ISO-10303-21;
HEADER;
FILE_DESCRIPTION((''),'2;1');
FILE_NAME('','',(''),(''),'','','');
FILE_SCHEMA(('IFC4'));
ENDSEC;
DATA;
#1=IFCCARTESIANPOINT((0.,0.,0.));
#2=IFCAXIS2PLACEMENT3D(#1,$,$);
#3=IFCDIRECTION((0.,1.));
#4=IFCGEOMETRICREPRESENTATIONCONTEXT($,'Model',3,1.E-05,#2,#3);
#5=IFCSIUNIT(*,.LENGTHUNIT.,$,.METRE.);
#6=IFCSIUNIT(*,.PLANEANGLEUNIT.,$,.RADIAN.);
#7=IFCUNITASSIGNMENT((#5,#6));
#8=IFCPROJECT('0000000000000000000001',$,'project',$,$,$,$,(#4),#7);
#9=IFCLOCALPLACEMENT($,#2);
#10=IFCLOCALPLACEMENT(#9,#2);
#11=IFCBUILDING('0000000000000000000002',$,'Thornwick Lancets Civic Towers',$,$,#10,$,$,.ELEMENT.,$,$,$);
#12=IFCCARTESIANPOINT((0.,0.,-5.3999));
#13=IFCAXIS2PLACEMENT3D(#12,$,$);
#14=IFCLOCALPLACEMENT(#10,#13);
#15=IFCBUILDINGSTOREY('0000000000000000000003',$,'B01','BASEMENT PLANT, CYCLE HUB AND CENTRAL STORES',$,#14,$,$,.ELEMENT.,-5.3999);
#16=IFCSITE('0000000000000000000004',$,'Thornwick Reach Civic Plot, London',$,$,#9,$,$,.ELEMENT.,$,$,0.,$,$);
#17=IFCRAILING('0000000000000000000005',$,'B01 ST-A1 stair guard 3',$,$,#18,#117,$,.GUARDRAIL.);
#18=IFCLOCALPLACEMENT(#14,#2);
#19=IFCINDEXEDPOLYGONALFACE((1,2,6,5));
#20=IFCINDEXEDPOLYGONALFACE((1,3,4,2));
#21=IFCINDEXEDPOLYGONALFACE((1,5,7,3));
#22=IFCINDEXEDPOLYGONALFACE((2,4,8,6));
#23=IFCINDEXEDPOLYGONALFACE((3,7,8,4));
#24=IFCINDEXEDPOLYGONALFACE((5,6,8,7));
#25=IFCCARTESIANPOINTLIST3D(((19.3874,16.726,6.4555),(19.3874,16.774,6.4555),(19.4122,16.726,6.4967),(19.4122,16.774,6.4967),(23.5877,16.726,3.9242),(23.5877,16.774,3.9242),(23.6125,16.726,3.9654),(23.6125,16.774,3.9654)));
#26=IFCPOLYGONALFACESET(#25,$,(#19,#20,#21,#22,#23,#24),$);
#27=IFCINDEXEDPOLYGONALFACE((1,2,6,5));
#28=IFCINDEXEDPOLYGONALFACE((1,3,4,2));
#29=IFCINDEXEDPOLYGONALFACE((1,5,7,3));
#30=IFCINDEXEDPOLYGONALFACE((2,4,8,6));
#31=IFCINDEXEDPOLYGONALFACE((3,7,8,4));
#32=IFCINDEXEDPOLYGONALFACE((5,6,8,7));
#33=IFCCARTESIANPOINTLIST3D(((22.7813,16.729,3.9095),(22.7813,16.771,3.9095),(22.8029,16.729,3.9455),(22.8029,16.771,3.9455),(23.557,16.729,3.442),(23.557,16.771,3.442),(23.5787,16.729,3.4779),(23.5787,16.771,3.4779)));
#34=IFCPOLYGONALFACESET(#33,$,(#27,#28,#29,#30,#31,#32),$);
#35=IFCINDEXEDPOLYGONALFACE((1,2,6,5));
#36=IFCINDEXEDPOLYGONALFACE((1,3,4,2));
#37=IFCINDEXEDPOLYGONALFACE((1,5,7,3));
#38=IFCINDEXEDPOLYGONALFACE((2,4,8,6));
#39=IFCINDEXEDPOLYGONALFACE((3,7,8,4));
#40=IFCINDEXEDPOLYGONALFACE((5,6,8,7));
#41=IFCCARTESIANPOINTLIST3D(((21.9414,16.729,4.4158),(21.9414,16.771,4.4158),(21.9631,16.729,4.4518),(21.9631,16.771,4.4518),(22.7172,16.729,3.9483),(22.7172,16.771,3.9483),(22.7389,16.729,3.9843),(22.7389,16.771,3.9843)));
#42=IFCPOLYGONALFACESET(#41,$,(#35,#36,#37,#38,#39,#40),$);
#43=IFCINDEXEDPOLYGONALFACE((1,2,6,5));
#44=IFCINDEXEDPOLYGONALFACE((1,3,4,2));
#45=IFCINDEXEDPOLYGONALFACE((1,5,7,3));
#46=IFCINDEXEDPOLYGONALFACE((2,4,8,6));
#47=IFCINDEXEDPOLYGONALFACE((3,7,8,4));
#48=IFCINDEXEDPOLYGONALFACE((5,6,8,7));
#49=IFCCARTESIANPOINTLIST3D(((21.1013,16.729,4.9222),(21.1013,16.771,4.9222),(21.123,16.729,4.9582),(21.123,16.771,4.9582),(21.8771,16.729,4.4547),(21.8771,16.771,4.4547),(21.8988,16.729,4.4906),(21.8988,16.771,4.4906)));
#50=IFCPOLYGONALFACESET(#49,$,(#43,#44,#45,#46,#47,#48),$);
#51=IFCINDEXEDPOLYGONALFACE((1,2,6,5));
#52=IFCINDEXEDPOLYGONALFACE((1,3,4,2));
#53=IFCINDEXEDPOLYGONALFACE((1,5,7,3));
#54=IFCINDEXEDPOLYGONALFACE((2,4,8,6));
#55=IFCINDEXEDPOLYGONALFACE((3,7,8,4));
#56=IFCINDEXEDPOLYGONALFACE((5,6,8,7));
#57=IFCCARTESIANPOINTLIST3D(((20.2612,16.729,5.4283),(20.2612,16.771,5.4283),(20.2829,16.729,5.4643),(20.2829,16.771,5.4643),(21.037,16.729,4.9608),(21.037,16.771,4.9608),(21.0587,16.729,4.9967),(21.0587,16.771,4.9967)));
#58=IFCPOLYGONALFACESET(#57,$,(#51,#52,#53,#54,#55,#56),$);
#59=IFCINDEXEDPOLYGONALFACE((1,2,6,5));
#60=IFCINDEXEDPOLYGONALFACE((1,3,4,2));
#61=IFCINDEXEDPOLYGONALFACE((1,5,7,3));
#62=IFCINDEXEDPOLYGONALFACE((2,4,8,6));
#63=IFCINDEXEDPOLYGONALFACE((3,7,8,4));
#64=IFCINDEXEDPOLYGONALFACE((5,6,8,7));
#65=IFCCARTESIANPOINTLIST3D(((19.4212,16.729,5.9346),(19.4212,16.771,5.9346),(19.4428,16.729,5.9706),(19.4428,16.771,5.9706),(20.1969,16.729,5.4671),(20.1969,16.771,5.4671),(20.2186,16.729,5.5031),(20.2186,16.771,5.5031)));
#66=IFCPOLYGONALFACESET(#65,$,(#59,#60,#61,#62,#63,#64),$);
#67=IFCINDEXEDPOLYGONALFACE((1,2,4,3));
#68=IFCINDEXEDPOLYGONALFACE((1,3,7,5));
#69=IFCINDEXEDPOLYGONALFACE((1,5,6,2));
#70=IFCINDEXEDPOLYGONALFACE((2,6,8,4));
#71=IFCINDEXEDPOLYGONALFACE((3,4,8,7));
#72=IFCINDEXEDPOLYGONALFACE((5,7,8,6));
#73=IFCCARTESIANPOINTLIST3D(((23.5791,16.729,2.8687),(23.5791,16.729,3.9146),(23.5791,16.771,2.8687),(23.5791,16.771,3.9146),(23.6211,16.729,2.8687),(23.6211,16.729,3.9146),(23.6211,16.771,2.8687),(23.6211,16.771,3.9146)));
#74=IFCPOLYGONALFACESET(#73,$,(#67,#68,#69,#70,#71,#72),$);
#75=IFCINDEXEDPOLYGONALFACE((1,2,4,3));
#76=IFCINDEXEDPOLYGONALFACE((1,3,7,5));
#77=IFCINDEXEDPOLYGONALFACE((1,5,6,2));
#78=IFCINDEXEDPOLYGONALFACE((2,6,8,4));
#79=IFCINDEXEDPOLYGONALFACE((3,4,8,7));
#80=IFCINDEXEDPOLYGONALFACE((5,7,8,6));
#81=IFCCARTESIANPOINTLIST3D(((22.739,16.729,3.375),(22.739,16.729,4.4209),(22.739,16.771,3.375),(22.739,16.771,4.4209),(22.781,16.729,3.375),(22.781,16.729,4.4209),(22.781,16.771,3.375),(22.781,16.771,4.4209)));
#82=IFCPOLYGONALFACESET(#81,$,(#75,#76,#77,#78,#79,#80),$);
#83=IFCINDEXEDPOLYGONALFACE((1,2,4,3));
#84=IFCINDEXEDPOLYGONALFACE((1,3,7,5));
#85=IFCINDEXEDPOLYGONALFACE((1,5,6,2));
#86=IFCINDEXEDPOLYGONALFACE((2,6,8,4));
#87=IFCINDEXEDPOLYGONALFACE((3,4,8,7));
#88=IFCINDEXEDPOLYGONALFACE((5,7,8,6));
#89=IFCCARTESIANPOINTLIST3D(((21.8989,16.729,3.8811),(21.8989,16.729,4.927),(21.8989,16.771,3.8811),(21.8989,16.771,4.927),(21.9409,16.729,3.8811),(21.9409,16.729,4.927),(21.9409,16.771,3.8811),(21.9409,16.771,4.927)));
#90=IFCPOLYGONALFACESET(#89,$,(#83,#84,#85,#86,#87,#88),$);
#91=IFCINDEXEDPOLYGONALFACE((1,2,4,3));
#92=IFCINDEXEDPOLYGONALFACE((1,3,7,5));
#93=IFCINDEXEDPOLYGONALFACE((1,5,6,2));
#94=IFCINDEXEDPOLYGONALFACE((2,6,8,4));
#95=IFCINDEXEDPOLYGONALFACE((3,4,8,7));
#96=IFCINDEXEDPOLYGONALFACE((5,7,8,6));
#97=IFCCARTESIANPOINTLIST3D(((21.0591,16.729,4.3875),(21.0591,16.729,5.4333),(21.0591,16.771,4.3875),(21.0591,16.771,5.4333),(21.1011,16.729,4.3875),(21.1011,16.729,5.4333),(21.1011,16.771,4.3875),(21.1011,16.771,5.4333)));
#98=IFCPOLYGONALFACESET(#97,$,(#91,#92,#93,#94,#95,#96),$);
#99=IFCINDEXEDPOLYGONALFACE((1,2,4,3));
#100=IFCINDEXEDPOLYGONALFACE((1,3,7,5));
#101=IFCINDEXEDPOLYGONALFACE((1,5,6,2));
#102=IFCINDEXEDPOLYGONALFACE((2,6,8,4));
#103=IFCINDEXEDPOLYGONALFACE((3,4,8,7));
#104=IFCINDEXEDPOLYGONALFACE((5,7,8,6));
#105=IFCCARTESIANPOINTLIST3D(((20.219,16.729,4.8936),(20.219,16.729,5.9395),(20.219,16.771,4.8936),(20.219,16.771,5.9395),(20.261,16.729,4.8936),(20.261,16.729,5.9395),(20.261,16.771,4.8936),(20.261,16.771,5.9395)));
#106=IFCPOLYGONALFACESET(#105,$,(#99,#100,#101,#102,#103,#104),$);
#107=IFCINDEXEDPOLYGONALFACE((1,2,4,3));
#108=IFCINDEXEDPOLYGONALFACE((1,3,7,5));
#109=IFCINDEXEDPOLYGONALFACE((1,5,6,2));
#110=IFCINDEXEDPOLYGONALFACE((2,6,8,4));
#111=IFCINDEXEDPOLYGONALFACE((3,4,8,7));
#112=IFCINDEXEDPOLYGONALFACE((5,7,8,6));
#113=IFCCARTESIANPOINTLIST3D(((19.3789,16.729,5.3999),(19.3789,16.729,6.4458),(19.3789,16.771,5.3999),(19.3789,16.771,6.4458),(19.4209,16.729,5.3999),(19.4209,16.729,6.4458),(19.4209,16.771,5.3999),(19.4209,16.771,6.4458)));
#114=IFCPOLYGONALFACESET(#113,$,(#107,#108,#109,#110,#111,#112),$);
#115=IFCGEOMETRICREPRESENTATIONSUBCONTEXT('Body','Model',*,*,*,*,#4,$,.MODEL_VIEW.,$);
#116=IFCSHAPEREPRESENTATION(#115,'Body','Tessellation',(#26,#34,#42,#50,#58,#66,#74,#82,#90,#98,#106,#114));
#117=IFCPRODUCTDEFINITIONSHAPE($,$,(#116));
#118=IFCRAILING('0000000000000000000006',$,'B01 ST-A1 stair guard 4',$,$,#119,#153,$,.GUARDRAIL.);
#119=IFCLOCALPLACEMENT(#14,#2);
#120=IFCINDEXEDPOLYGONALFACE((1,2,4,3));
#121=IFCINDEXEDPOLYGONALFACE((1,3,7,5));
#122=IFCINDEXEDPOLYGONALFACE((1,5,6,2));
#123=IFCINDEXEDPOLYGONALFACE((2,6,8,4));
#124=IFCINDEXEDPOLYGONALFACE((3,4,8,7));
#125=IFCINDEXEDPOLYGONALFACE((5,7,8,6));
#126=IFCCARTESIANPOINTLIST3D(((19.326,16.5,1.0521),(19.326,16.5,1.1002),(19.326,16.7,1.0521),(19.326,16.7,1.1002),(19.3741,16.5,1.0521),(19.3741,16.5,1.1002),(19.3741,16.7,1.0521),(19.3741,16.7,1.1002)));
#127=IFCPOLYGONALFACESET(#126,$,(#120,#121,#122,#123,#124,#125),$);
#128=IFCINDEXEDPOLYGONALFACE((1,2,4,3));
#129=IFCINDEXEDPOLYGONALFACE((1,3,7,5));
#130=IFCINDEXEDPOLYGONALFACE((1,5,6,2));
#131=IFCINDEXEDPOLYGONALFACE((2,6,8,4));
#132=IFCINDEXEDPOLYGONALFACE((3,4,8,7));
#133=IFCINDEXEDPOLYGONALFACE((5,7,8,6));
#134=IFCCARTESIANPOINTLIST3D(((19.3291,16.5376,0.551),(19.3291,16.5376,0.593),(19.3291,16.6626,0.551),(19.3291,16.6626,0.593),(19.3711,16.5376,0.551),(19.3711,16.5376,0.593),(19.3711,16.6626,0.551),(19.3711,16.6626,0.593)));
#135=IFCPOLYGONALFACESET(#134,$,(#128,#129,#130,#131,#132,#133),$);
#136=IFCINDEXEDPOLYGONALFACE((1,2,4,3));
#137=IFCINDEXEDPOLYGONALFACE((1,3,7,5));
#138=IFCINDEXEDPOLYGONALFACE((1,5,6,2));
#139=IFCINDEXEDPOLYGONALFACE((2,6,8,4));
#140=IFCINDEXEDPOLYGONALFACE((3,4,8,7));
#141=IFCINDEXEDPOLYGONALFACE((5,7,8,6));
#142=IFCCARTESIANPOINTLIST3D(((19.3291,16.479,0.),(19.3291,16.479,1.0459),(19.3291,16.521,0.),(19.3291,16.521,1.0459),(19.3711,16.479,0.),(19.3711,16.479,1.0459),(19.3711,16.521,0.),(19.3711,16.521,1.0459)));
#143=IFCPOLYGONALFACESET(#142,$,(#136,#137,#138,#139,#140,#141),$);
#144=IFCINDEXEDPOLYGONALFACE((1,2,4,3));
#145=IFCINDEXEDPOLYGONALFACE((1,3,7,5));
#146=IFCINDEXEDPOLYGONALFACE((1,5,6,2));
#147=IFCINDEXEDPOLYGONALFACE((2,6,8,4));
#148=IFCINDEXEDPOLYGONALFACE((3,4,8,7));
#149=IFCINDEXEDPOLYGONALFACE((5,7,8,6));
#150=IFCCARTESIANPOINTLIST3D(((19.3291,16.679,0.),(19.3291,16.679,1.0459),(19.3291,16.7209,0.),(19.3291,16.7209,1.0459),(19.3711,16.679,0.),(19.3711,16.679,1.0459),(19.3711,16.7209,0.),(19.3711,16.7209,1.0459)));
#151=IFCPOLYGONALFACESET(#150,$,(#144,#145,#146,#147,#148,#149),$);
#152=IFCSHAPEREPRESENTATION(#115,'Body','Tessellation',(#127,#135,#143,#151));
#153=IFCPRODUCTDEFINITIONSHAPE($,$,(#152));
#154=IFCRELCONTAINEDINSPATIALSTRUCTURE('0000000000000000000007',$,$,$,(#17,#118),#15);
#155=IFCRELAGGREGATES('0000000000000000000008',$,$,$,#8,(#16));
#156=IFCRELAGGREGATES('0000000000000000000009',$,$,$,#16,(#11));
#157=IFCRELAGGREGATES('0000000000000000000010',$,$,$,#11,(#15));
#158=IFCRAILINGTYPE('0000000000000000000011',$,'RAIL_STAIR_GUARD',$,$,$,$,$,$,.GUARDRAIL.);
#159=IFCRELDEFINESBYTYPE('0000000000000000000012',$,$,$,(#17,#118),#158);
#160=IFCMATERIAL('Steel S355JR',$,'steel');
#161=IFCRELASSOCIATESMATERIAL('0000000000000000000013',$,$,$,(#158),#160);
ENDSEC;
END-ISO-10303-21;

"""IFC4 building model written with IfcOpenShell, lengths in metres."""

from ifc_helpers import new_model, si_unit, direction, frame, origin, origin_2d, place, context, subcontext, project, spatial, rectangle, extrude, material, type_object, element, save


model = new_model("IFC4")

# Units and contexts
model_context = context("Model", 3, precision=1e-05, world=origin(), true_north=direction((0.0, 1.0)))
body_context = subcontext(model_context, "Body", "Model", "MODEL_VIEW")
ifc_project = project(units=[si_unit("LENGTHUNIT", "METRE"), si_unit("PLANEANGLEUNIT", "RADIAN")], contexts=[model_context])

# Site, building, storey
site_placement = place(None, origin())
site = spatial("IfcSite", under=ifc_project, at=site_placement, Name="Thornwick Reach Civic Plot, London", CompositionType="ELEMENT", RefElevation=0.0)
building_placement = place(site_placement, origin())
building = spatial("IfcBuilding", under=site, at=building_placement, Name="Thornwick Lancets Civic Towers", CompositionType="ELEMENT")
storey_placement = place(building_placement, frame((0.0, 0.0, -5.3999)))
storey = spatial("IfcBuildingStorey", under=building, at=storey_placement, Name="B01", Description="BASEMENT PLANT, CYCLE HUB AND CENTRAL STORES", CompositionType="ELEMENT", Elevation=-5.3999)

# Railings
ifc_material_1 = material(Name="Steel S355JR", Category="steel")
railing_type_1 = type_object("IfcRailingType", Name="RAIL_STAIR_GUARD", PredefinedType="GUARDRAIL", material=ifc_material_1)
railing_1_placement = place(storey_placement, frame((23.6001, 16.75, 2.8687)))
element("IfcRailing", 1, at=railing_1_placement, inside=storey, type_object=railing_type_1, Name="B01 ST-A1 stair guard 3", PredefinedType="GUARDRAIL", context=body_context, shape_type="SweptSolid", body=[
    extrude(rectangle(XDim=0.0481, YDim=0.0481, at=origin_2d()), frame((0.0, 0.0, 1.0762), z_axis=(-0.85649, 0.0, 0.516164), x_axis=(0.0, -1.0, 0.0)), (0.0, 0.0, 1.0), 4.9041),
    extrude(rectangle(XDim=0.042, YDim=0.042, at=origin_2d()), frame((-0.0322, 0.0, 0.5913), z_axis=(-0.85649, 0.0, 0.516164), x_axis=(0.0, -1.0, 0.0)), (0.0, 0.0, 1.0), 0.9058),
    extrude(rectangle(XDim=0.042, YDim=0.042, at=origin_2d()), frame((-0.8721, 0.0, 1.0977), z_axis=(-0.85649, 0.0, 0.516164), x_axis=(0.0, -1.0, 0.0)), (0.0, 0.0, 1.0), 0.9058),
    extrude(rectangle(XDim=0.042, YDim=0.042, at=origin_2d()), frame((-1.7122, 0.0, 1.604), z_axis=(-0.85649, 0.0, 0.516164), x_axis=(0.0, -1.0, 0.0)), (0.0, 0.0, 1.0), 0.9058),
    extrude(rectangle(XDim=0.042, YDim=0.042, at=origin_2d()), frame((-2.5522, 0.0, 2.1101), z_axis=(-0.85649, 0.0, 0.516164), x_axis=(0.0, -1.0, 0.0)), (0.0, 0.0, 1.0), 0.9058),
    extrude(rectangle(XDim=0.042, YDim=0.042, at=origin_2d()), frame((-3.3923, 0.0, 2.6165), z_axis=(-0.85649, 0.0, 0.516164), x_axis=(0.0, -1.0, 0.0)), (0.0, 0.0, 1.0), 0.9058),
    extrude(rectangle(XDim=0.042, YDim=0.042, at=origin_2d()), origin(), (0.0, 0.0, 1.0), 1.0459),
    extrude(rectangle(XDim=0.042, YDim=0.042, at=origin_2d()), frame((-0.8401, 0.0, 0.5063)), (0.0, 0.0, 1.0), 1.0459),
    extrude(rectangle(XDim=0.042, YDim=0.042, at=origin_2d()), frame((-1.6802, 0.0, 1.0125)), (0.0, 0.0, 1.0), 1.0459),
    extrude(rectangle(XDim=0.042, YDim=0.042, at=origin_2d()), frame((-2.52, 0.0, 1.5188)), (0.0, 0.0, 1.0), 1.0459),
    extrude(rectangle(XDim=0.042, YDim=0.042, at=origin_2d()), frame((-3.3601, 0.0, 2.0249)), (0.0, 0.0, 1.0), 1.0459),
    extrude(rectangle(XDim=0.042, YDim=0.042, at=origin_2d()), frame((-4.2002, 0.0, 2.5312)), (0.0, 0.0, 1.0), 1.0459),
])
railing_2_placement = place(storey_placement, frame((19.3501, 16.5, 0.0)))
element("IfcRailing", 2, at=railing_2_placement, inside=storey, type_object=railing_type_1, Name="B01 ST-A1 stair guard 4", PredefinedType="GUARDRAIL", context=body_context, shape_type="SweptSolid", body=[
    extrude(rectangle(XDim=0.0481, YDim=0.0481, at=origin_2d()), frame((0.0, 0.0, 1.0762), z_axis=(0.0, 1.0, 0.0), x_axis=(-1.0, 0.0, 0.0)), (0.0, 0.0, 1.0), 0.2),
    extrude(rectangle(XDim=0.042, YDim=0.042, at=origin_2d()), frame((0.0, 0.0376, 0.572), z_axis=(0.0, 1.0, 0.0), x_axis=(-1.0, 0.0, 0.0)), (0.0, 0.0, 1.0), 0.125),
    extrude(rectangle(XDim=0.042, YDim=0.042, at=origin_2d()), origin(), (0.0, 0.0, 1.0), 1.0459),
    extrude(rectangle(XDim=0.042, YDim=0.042, at=origin_2d()), frame((0.0, 0.2, 0.0)), (0.0, 0.0, 1.0), 1.0459),
])

save(model, "model.ifc")
